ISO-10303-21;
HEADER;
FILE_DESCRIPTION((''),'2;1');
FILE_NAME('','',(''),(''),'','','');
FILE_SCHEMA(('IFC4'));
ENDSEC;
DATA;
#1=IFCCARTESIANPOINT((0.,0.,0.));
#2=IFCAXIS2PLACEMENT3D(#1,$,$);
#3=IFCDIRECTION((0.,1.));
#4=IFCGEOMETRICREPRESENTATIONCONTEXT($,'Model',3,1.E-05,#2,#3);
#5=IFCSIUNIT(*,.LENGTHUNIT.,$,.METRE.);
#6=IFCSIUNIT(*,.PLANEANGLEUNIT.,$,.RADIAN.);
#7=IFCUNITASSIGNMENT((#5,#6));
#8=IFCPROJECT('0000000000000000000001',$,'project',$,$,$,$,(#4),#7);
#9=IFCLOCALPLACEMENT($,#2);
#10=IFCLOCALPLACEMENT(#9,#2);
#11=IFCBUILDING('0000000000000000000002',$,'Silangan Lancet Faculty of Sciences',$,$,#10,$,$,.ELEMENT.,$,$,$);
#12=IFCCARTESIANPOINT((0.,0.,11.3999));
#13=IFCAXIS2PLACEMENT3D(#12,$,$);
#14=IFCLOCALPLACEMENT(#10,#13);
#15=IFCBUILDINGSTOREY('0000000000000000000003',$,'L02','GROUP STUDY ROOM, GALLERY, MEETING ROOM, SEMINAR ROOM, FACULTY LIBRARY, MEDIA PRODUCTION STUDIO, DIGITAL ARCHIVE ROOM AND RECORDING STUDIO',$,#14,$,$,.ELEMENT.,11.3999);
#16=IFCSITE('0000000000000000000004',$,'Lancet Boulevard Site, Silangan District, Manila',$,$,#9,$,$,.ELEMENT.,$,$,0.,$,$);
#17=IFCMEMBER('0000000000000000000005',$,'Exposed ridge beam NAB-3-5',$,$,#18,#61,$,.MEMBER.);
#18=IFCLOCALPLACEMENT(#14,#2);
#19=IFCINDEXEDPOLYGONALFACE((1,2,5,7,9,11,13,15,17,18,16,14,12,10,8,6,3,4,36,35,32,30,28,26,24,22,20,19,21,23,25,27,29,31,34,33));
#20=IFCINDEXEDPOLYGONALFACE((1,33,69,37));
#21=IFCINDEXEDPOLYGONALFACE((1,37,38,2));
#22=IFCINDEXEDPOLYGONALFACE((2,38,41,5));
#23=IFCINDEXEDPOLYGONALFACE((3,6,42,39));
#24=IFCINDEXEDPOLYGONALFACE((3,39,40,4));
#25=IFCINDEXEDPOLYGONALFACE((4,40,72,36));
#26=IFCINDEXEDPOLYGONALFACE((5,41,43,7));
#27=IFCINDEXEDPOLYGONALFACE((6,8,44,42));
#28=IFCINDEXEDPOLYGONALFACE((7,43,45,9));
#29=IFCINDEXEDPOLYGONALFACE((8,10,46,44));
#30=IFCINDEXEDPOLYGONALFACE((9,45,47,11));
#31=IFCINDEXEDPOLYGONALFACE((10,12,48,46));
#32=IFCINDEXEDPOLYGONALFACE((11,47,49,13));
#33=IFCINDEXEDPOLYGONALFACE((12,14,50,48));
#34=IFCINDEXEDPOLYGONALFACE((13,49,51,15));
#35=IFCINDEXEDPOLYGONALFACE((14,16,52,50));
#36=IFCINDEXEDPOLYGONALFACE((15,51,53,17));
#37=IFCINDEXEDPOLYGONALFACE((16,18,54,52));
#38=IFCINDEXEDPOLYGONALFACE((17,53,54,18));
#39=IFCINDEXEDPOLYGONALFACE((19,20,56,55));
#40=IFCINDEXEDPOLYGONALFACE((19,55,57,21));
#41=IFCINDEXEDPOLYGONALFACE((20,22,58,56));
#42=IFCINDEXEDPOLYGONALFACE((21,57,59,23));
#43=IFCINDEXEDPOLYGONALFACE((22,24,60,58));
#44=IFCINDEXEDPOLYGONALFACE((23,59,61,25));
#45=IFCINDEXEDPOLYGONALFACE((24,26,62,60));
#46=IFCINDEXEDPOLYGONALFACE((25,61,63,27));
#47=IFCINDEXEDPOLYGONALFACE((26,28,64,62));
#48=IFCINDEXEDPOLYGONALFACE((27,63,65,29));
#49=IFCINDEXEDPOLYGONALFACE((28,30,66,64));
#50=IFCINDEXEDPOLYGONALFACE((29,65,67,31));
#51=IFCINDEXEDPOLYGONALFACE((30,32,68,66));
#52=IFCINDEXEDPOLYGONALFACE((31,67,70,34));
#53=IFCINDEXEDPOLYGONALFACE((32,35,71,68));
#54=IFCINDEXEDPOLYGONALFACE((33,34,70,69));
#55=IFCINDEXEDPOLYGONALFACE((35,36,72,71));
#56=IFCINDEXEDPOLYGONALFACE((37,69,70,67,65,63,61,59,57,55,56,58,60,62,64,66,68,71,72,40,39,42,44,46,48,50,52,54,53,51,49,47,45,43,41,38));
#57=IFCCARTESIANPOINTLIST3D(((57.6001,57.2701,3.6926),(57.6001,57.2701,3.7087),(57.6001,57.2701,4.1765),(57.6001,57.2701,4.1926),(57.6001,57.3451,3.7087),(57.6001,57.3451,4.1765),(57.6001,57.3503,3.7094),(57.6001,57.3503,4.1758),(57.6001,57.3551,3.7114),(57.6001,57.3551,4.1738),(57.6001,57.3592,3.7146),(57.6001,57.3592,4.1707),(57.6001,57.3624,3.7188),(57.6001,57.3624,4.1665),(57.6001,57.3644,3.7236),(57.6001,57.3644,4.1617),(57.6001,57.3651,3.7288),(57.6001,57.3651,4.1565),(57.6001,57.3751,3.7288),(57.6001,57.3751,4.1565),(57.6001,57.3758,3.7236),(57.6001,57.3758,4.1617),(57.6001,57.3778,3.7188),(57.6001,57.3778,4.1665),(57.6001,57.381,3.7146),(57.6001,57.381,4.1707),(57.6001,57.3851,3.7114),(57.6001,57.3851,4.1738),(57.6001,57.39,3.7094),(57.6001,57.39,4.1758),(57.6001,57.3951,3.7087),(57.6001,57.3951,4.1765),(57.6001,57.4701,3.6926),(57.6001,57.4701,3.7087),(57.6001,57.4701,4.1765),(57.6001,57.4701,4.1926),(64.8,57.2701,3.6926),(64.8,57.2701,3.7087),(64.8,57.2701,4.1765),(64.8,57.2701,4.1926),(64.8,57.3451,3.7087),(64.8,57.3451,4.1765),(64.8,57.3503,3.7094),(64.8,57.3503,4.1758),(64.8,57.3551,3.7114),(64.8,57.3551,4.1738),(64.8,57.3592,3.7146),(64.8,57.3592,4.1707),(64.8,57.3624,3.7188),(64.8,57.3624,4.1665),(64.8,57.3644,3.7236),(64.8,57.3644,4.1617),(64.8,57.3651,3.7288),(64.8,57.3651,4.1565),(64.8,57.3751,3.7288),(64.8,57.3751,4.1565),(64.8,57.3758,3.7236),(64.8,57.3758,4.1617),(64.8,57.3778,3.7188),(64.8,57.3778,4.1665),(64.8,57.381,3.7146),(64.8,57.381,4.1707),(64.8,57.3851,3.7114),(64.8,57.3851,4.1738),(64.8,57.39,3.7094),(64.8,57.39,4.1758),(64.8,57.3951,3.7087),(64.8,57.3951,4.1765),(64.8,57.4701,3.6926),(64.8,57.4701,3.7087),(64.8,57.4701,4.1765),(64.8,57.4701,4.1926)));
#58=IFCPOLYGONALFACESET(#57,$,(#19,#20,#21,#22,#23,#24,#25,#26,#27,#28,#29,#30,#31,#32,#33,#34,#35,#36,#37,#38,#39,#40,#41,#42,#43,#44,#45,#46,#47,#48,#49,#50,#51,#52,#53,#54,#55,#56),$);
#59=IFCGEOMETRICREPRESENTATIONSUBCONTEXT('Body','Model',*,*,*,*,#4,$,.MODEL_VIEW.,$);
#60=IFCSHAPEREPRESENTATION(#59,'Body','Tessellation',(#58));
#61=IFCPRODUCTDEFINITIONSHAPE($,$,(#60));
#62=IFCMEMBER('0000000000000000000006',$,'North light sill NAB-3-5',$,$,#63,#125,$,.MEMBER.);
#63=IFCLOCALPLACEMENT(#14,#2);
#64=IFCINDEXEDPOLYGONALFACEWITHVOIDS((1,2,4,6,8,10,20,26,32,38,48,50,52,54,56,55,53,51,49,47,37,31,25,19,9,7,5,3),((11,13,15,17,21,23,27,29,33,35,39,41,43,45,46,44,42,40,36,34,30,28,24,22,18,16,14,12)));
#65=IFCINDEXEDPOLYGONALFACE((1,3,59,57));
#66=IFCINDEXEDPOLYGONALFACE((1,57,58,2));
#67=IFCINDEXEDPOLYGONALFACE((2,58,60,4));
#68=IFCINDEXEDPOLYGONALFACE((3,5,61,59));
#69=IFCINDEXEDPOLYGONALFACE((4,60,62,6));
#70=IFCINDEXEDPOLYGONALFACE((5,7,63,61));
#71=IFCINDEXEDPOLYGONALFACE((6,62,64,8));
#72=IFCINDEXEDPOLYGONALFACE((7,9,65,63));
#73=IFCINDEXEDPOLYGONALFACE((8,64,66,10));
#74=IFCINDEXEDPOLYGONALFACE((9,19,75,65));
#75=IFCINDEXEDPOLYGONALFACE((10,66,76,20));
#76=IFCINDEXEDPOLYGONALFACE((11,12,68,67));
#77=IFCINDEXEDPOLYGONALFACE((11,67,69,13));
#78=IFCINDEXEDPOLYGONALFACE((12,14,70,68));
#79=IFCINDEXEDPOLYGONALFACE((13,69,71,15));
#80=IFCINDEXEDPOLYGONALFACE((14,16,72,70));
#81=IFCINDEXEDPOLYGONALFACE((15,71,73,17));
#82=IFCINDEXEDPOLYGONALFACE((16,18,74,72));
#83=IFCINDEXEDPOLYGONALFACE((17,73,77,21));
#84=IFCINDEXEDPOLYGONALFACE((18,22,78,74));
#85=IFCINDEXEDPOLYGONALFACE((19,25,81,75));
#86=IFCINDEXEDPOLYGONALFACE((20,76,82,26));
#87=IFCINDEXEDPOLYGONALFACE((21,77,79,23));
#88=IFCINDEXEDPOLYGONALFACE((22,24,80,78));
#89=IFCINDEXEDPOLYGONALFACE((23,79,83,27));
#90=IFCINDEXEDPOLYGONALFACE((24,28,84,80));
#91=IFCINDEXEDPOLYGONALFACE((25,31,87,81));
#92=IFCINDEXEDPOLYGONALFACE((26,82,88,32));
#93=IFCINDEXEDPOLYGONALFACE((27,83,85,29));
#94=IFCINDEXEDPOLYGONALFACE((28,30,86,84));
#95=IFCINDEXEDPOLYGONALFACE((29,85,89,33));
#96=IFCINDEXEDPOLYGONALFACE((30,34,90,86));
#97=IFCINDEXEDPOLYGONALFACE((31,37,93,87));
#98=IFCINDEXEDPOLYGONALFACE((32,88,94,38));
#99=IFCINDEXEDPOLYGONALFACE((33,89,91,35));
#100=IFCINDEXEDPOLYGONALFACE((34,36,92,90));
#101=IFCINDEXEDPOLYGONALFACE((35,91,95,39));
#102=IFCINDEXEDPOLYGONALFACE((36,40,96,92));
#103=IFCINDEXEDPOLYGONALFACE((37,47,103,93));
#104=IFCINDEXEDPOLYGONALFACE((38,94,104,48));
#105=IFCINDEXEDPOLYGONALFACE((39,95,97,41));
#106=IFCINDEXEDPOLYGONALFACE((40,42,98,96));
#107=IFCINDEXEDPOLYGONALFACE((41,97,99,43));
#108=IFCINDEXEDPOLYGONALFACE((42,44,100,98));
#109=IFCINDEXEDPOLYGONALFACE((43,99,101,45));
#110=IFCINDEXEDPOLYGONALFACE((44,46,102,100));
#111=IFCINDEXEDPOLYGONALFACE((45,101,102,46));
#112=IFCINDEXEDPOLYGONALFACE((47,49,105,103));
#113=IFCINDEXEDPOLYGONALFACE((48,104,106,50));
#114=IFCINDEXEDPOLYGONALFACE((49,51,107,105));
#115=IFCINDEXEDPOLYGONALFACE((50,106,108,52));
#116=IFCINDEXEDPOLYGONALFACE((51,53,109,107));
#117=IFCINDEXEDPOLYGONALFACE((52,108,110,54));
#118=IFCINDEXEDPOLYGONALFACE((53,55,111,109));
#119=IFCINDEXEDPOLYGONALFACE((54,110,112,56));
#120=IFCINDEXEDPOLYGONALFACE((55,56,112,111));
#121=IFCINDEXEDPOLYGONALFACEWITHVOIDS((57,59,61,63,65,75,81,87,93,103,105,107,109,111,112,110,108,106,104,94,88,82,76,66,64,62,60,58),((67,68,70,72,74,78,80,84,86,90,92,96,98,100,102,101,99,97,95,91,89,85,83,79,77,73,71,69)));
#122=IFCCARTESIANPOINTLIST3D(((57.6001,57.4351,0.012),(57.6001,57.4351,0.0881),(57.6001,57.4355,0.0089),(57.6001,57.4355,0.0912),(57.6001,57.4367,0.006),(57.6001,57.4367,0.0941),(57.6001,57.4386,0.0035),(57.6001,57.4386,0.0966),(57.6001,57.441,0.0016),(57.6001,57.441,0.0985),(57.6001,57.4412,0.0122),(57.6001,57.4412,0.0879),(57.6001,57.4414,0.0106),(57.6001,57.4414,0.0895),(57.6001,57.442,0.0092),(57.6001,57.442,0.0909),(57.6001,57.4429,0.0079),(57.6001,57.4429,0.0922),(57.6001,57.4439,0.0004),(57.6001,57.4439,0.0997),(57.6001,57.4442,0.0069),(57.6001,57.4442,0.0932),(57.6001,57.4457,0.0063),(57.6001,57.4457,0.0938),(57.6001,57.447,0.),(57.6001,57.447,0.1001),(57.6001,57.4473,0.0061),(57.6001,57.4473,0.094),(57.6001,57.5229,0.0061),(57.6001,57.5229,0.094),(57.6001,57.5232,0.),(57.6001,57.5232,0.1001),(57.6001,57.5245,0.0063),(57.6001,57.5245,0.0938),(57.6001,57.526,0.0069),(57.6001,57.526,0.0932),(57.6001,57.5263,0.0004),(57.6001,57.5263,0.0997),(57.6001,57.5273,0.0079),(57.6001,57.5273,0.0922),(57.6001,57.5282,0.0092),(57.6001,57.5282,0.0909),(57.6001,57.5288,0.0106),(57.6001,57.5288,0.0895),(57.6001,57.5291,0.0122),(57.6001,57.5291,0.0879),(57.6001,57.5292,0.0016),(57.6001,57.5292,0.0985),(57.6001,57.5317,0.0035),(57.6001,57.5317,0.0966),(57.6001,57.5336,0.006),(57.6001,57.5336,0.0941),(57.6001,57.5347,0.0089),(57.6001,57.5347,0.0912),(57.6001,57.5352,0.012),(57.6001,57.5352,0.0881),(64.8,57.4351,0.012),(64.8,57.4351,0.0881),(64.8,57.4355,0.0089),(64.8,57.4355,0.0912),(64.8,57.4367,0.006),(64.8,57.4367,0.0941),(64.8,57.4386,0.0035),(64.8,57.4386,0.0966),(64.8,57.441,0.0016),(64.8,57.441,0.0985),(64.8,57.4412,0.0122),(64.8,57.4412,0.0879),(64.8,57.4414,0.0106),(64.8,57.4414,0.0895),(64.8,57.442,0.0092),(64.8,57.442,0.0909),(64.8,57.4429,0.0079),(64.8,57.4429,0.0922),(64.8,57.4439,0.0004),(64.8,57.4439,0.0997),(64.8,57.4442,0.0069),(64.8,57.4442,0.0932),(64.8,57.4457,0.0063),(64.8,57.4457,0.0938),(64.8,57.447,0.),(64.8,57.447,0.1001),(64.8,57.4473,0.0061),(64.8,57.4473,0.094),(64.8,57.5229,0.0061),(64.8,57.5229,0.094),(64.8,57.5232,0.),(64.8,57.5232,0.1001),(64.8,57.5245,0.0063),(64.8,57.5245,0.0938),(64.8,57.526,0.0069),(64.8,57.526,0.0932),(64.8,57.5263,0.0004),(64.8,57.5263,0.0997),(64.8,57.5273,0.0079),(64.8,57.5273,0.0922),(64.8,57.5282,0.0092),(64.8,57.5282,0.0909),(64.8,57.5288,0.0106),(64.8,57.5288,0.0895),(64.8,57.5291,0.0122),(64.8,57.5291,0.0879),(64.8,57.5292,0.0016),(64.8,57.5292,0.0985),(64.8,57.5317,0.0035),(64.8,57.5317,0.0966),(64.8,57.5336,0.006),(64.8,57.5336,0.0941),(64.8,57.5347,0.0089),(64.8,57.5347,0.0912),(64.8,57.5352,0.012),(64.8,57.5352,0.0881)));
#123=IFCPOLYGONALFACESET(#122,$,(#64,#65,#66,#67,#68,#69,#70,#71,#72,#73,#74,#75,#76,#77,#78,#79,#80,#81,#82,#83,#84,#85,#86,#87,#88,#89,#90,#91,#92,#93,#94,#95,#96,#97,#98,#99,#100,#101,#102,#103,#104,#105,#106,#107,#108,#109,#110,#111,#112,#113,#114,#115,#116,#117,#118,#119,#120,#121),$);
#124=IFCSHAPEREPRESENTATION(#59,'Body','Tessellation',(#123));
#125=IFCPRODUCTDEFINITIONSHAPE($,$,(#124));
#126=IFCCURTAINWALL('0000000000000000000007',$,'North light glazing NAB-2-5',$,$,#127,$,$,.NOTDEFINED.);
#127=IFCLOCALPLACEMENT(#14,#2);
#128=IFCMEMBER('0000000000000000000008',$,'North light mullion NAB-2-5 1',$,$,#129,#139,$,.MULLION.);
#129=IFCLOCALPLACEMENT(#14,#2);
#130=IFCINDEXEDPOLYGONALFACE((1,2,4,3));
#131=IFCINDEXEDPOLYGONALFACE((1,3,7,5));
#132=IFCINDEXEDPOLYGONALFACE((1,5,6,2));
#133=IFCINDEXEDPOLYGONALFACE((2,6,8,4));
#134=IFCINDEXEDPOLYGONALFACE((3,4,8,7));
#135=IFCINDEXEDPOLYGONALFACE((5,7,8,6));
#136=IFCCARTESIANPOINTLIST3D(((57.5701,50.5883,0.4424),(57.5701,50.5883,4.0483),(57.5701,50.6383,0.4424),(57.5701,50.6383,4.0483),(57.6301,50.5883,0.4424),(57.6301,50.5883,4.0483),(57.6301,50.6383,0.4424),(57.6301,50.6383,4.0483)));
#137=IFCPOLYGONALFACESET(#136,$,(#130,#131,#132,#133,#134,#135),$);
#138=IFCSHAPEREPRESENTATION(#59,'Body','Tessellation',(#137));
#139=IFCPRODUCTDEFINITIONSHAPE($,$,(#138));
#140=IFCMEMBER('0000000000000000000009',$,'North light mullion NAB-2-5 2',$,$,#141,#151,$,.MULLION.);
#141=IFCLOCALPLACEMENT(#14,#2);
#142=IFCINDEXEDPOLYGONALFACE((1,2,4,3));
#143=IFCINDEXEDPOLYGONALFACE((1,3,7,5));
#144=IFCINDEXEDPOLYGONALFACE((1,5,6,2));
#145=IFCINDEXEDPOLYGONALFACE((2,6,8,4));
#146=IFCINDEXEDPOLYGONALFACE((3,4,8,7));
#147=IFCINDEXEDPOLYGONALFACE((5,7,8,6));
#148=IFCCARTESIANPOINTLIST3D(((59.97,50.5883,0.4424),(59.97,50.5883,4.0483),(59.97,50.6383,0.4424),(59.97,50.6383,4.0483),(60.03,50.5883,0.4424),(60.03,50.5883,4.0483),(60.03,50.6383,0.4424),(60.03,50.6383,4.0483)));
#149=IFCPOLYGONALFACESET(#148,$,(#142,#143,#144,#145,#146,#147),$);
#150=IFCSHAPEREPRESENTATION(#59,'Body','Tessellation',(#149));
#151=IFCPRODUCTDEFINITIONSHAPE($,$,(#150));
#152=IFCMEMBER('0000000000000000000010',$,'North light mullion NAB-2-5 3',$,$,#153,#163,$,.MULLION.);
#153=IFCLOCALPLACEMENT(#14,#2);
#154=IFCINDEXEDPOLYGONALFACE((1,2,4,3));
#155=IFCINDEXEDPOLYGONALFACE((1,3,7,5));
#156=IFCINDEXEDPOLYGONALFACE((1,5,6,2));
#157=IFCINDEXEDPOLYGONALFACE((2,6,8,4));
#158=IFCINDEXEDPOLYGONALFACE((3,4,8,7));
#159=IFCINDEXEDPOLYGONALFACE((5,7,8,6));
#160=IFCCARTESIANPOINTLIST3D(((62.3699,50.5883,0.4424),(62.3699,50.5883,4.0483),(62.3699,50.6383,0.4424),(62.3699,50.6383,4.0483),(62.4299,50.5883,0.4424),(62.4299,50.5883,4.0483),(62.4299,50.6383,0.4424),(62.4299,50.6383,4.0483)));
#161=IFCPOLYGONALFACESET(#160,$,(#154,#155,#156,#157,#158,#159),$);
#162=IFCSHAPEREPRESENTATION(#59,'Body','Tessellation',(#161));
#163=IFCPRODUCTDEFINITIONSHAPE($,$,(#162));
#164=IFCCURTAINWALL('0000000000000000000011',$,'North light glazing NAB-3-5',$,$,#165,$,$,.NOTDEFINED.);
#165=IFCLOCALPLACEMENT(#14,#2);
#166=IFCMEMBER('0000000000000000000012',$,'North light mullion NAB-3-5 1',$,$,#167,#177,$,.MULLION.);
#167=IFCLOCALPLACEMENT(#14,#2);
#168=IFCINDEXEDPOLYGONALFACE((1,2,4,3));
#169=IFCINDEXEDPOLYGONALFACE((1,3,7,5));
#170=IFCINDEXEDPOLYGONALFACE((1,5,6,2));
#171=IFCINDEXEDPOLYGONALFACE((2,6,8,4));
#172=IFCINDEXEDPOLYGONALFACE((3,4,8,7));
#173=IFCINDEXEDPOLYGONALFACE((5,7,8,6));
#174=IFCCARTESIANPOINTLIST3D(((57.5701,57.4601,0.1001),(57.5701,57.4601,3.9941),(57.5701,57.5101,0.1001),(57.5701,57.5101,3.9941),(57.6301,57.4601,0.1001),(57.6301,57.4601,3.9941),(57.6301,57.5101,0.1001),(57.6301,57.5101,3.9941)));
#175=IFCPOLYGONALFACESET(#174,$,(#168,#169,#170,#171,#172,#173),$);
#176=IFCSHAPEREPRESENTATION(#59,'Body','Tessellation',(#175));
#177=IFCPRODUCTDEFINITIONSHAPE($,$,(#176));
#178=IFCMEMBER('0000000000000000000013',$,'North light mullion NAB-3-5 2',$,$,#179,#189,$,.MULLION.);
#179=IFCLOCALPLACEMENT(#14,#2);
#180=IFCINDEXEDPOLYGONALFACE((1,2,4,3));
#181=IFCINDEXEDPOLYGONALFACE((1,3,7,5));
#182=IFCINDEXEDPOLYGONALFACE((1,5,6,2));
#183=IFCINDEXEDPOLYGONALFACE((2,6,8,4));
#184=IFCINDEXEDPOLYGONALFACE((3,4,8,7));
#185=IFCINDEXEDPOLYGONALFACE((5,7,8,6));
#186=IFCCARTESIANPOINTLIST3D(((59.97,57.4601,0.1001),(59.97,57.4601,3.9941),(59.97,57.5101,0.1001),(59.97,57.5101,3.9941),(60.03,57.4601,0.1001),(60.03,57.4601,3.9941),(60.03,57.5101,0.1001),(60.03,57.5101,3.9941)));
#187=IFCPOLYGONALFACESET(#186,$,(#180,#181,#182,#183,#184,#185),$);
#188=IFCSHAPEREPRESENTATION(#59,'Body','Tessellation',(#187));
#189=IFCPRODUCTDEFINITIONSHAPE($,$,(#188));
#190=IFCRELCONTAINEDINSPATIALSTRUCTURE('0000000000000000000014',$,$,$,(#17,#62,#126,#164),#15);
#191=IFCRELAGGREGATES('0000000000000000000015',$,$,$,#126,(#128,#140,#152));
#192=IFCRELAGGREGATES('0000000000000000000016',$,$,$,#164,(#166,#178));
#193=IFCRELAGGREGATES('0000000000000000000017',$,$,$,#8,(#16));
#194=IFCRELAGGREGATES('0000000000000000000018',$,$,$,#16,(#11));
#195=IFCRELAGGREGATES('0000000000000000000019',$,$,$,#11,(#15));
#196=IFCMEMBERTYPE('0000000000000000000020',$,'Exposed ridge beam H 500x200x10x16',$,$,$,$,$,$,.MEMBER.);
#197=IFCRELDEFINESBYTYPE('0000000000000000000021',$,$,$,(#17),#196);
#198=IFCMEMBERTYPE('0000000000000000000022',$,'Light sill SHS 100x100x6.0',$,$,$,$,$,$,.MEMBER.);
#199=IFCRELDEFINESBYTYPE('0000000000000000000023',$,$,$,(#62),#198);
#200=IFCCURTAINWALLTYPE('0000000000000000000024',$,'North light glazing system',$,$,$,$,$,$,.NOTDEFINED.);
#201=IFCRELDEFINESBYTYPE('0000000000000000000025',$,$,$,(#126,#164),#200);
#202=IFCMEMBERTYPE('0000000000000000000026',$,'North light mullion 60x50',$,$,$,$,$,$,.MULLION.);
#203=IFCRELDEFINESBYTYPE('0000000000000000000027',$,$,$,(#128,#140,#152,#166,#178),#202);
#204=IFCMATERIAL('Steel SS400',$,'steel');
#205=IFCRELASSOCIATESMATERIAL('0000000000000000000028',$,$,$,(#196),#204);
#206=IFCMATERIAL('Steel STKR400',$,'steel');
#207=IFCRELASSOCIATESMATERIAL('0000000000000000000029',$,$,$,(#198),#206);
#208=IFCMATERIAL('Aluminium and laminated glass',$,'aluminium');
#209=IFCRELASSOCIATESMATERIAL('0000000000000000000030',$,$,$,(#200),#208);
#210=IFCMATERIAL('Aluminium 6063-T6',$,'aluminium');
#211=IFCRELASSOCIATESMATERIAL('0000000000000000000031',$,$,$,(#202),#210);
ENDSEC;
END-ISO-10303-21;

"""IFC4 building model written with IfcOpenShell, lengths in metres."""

from ifc_helpers import new_model, si_unit, direction, frame, origin, origin_2d, place, context, subcontext, project, spatial, rectangle, hollow_rectangle, i_section, extrude, material, material_profile, profile_set, type_object, element, aggregate, save


model = new_model("IFC4")

# Units and contexts
model_context = context("Model", 3, precision=1e-05, world=origin(), true_north=direction((0.0, 1.0)))
body_context = subcontext(model_context, "Body", "Model", "MODEL_VIEW")
ifc_project = project(units=[si_unit("LENGTHUNIT", "METRE"), si_unit("PLANEANGLEUNIT", "RADIAN")], contexts=[model_context])

# Site, building, storey
site_placement = place(None, origin())
site = spatial("IfcSite", under=ifc_project, at=site_placement, Name="Lancet Boulevard Site, Silangan District, Manila", CompositionType="ELEMENT", RefElevation=0.0)
building_placement = place(site_placement, origin())
building = spatial("IfcBuilding", under=site, at=building_placement, Name="Silangan Lancet Faculty of Sciences", CompositionType="ELEMENT")
storey_placement = place(building_placement, frame((0.0, 0.0, 11.3999)))
storey = spatial("IfcBuildingStorey", under=building, at=storey_placement, Name="L02", Description="GROUP STUDY ROOM, GALLERY, MEETING ROOM, SEMINAR ROOM, FACULTY LIBRARY, MEDIA PRODUCTION STUDIO, DIGITAL ARCHIVE ROOM AND RECORDING STUDIO", CompositionType="ELEMENT", Elevation=11.3999)

# Members
ifc_material_1 = material(Name="Steel SS400", Category="steel")
ifc_material_profile_1 = material_profile(ifc_material_1, i_section(OverallWidth=0.2, OverallDepth=0.5, WebThickness=0.01, FlangeThickness=0.0161, FilletRadius=0.02, at=origin_2d()), Name="H 500x200x10x16")
ifc_profile_set_1 = profile_set([ifc_material_profile_1], Name="Steel SS400")
member_type_1 = type_object("IfcMemberType", Name="Exposed ridge beam H 500x200x10x16", PredefinedType="MEMBER", material=ifc_profile_set_1)
member_1_placement = place(storey_placement, frame((57.6001, 57.3701, 3.9426), z_axis=(1.0, 0.0, 0.0), x_axis=(0.0, 1.0, 0.0)))
element("IfcMember", 1, at=member_1_placement, inside=storey, type_object=member_type_1, Name="Exposed ridge beam NAB-3-5", PredefinedType="MEMBER", context=body_context, shape_type="SweptSolid", body=[
    extrude(i_section(OverallWidth=0.2, OverallDepth=0.5, WebThickness=0.01, FlangeThickness=0.0161, FilletRadius=0.02, at=origin_2d()), origin(), (0.0, 0.0, 1.0), 7.2),
])
ifc_material_2 = material(Name="Steel STKR400", Category="steel")
ifc_material_profile_2 = material_profile(ifc_material_2, hollow_rectangle(XDim=0.1001, YDim=0.1001, WallThickness=0.0061, InnerFilletRadius=0.0061, OuterFilletRadius=0.012, at=origin_2d()), Name="SHS 100x100x6.0")
ifc_profile_set_2 = profile_set([ifc_material_profile_2], Name="Steel STKR400")
member_type_2 = type_object("IfcMemberType", Name="Light sill SHS 100x100x6.0", PredefinedType="MEMBER", material=ifc_profile_set_2)
member_2_placement = place(storey_placement, frame((57.6001, 57.4851, 0.05), z_axis=(1.0, 0.0, 0.0), x_axis=(0.0, 1.0, 0.0)))
element("IfcMember", 2, at=member_2_placement, inside=storey, type_object=member_type_2, Name="North light sill NAB-3-5", PredefinedType="MEMBER", context=body_context, shape_type="SweptSolid", body=[
    extrude(hollow_rectangle(XDim=0.1001, YDim=0.1001, WallThickness=0.0061, InnerFilletRadius=0.0061, OuterFilletRadius=0.012, at=origin_2d()), origin(), (0.0, 0.0, 1.0), 7.2),
])

# Curtain walls, members
ifc_material_3 = material(Name="Aluminium and laminated glass", Category="aluminium")
curtain_wall_type = type_object("IfcCurtainWallType", Name="North light glazing system", PredefinedType="NOTDEFINED", material=ifc_material_3)
curtain_wall_1_placement = place(storey_placement, origin())
curtain_wall_1 = element("IfcCurtainWall", 3, at=curtain_wall_1_placement, inside=storey, type_object=curtain_wall_type, Name="North light glazing NAB-2-5", PredefinedType="NOTDEFINED")
ifc_material_4 = material(Name="Aluminium 6063-T6", Category="aluminium")
ifc_material_profile_3 = material_profile(ifc_material_4, rectangle(XDim=0.0601, YDim=0.05, at=origin_2d()), Name="AL 60x50")
ifc_profile_set_3 = profile_set([ifc_material_profile_3], Name="Aluminium 6063-T6")
member_type_3 = type_object("IfcMemberType", Name="North light mullion 60x50", PredefinedType="MULLION", material=ifc_profile_set_3)
member_3_placement = place(storey_placement, frame((57.6001, 50.6133, 0.4424), z_axis=(0.0, 0.0, 1.0), x_axis=(1.0, 0.0, 0.0)))
member_3 = element("IfcMember", 4, at=member_3_placement, type_object=member_type_3, Name="North light mullion NAB-2-5 1", PredefinedType="MULLION", context=body_context, shape_type="SweptSolid", body=[
    extrude(rectangle(XDim=0.0601, YDim=0.05, at=origin_2d()), origin(), (0.0, 0.0, 1.0), 3.606),
])
member_4_placement = place(storey_placement, frame((60.0, 50.6133, 0.4424), z_axis=(0.0, 0.0, 1.0), x_axis=(1.0, 0.0, 0.0)))
member_4 = element("IfcMember", 5, at=member_4_placement, type_object=member_type_3, Name="North light mullion NAB-2-5 2", PredefinedType="MULLION", context=body_context, shape_type="SweptSolid", body=[
    extrude(rectangle(XDim=0.0601, YDim=0.05, at=origin_2d()), origin(), (0.0, 0.0, 1.0), 3.606),
])
member_5_placement = place(storey_placement, frame((62.3999, 50.6133, 0.4424), z_axis=(0.0, 0.0, 1.0), x_axis=(1.0, 0.0, 0.0)))
member_5 = element("IfcMember", 6, at=member_5_placement, type_object=member_type_3, Name="North light mullion NAB-2-5 3", PredefinedType="MULLION", context=body_context, shape_type="SweptSolid", body=[
    extrude(rectangle(XDim=0.0601, YDim=0.05, at=origin_2d()), origin(), (0.0, 0.0, 1.0), 3.606),
])
curtain_wall_2_placement = place(storey_placement, origin())
curtain_wall_2 = element("IfcCurtainWall", 7, at=curtain_wall_2_placement, inside=storey, type_object=curtain_wall_type, Name="North light glazing NAB-3-5", PredefinedType="NOTDEFINED")
member_6_placement = place(storey_placement, frame((57.6001, 57.4851, 0.1001), z_axis=(0.0, 0.0, 1.0), x_axis=(1.0, 0.0, 0.0)))
member_6 = element("IfcMember", 8, at=member_6_placement, type_object=member_type_3, Name="North light mullion NAB-3-5 1", PredefinedType="MULLION", context=body_context, shape_type="SweptSolid", body=[
    extrude(rectangle(XDim=0.0601, YDim=0.05, at=origin_2d()), origin(), (0.0, 0.0, 1.0), 3.894),
])
member_7_placement = place(storey_placement, frame((60.0, 57.4851, 0.1001), z_axis=(0.0, 0.0, 1.0), x_axis=(1.0, 0.0, 0.0)))
member_7 = element("IfcMember", 9, at=member_7_placement, type_object=member_type_3, Name="North light mullion NAB-3-5 2", PredefinedType="MULLION", context=body_context, shape_type="SweptSolid", body=[
    extrude(rectangle(XDim=0.0601, YDim=0.05, at=origin_2d()), origin(), (0.0, 0.0, 1.0), 3.894),
])

aggregate(curtain_wall_1, [member_3, member_4, member_5])

aggregate(curtain_wall_2, [member_6, member_7])

save(model, "model.ifc")
